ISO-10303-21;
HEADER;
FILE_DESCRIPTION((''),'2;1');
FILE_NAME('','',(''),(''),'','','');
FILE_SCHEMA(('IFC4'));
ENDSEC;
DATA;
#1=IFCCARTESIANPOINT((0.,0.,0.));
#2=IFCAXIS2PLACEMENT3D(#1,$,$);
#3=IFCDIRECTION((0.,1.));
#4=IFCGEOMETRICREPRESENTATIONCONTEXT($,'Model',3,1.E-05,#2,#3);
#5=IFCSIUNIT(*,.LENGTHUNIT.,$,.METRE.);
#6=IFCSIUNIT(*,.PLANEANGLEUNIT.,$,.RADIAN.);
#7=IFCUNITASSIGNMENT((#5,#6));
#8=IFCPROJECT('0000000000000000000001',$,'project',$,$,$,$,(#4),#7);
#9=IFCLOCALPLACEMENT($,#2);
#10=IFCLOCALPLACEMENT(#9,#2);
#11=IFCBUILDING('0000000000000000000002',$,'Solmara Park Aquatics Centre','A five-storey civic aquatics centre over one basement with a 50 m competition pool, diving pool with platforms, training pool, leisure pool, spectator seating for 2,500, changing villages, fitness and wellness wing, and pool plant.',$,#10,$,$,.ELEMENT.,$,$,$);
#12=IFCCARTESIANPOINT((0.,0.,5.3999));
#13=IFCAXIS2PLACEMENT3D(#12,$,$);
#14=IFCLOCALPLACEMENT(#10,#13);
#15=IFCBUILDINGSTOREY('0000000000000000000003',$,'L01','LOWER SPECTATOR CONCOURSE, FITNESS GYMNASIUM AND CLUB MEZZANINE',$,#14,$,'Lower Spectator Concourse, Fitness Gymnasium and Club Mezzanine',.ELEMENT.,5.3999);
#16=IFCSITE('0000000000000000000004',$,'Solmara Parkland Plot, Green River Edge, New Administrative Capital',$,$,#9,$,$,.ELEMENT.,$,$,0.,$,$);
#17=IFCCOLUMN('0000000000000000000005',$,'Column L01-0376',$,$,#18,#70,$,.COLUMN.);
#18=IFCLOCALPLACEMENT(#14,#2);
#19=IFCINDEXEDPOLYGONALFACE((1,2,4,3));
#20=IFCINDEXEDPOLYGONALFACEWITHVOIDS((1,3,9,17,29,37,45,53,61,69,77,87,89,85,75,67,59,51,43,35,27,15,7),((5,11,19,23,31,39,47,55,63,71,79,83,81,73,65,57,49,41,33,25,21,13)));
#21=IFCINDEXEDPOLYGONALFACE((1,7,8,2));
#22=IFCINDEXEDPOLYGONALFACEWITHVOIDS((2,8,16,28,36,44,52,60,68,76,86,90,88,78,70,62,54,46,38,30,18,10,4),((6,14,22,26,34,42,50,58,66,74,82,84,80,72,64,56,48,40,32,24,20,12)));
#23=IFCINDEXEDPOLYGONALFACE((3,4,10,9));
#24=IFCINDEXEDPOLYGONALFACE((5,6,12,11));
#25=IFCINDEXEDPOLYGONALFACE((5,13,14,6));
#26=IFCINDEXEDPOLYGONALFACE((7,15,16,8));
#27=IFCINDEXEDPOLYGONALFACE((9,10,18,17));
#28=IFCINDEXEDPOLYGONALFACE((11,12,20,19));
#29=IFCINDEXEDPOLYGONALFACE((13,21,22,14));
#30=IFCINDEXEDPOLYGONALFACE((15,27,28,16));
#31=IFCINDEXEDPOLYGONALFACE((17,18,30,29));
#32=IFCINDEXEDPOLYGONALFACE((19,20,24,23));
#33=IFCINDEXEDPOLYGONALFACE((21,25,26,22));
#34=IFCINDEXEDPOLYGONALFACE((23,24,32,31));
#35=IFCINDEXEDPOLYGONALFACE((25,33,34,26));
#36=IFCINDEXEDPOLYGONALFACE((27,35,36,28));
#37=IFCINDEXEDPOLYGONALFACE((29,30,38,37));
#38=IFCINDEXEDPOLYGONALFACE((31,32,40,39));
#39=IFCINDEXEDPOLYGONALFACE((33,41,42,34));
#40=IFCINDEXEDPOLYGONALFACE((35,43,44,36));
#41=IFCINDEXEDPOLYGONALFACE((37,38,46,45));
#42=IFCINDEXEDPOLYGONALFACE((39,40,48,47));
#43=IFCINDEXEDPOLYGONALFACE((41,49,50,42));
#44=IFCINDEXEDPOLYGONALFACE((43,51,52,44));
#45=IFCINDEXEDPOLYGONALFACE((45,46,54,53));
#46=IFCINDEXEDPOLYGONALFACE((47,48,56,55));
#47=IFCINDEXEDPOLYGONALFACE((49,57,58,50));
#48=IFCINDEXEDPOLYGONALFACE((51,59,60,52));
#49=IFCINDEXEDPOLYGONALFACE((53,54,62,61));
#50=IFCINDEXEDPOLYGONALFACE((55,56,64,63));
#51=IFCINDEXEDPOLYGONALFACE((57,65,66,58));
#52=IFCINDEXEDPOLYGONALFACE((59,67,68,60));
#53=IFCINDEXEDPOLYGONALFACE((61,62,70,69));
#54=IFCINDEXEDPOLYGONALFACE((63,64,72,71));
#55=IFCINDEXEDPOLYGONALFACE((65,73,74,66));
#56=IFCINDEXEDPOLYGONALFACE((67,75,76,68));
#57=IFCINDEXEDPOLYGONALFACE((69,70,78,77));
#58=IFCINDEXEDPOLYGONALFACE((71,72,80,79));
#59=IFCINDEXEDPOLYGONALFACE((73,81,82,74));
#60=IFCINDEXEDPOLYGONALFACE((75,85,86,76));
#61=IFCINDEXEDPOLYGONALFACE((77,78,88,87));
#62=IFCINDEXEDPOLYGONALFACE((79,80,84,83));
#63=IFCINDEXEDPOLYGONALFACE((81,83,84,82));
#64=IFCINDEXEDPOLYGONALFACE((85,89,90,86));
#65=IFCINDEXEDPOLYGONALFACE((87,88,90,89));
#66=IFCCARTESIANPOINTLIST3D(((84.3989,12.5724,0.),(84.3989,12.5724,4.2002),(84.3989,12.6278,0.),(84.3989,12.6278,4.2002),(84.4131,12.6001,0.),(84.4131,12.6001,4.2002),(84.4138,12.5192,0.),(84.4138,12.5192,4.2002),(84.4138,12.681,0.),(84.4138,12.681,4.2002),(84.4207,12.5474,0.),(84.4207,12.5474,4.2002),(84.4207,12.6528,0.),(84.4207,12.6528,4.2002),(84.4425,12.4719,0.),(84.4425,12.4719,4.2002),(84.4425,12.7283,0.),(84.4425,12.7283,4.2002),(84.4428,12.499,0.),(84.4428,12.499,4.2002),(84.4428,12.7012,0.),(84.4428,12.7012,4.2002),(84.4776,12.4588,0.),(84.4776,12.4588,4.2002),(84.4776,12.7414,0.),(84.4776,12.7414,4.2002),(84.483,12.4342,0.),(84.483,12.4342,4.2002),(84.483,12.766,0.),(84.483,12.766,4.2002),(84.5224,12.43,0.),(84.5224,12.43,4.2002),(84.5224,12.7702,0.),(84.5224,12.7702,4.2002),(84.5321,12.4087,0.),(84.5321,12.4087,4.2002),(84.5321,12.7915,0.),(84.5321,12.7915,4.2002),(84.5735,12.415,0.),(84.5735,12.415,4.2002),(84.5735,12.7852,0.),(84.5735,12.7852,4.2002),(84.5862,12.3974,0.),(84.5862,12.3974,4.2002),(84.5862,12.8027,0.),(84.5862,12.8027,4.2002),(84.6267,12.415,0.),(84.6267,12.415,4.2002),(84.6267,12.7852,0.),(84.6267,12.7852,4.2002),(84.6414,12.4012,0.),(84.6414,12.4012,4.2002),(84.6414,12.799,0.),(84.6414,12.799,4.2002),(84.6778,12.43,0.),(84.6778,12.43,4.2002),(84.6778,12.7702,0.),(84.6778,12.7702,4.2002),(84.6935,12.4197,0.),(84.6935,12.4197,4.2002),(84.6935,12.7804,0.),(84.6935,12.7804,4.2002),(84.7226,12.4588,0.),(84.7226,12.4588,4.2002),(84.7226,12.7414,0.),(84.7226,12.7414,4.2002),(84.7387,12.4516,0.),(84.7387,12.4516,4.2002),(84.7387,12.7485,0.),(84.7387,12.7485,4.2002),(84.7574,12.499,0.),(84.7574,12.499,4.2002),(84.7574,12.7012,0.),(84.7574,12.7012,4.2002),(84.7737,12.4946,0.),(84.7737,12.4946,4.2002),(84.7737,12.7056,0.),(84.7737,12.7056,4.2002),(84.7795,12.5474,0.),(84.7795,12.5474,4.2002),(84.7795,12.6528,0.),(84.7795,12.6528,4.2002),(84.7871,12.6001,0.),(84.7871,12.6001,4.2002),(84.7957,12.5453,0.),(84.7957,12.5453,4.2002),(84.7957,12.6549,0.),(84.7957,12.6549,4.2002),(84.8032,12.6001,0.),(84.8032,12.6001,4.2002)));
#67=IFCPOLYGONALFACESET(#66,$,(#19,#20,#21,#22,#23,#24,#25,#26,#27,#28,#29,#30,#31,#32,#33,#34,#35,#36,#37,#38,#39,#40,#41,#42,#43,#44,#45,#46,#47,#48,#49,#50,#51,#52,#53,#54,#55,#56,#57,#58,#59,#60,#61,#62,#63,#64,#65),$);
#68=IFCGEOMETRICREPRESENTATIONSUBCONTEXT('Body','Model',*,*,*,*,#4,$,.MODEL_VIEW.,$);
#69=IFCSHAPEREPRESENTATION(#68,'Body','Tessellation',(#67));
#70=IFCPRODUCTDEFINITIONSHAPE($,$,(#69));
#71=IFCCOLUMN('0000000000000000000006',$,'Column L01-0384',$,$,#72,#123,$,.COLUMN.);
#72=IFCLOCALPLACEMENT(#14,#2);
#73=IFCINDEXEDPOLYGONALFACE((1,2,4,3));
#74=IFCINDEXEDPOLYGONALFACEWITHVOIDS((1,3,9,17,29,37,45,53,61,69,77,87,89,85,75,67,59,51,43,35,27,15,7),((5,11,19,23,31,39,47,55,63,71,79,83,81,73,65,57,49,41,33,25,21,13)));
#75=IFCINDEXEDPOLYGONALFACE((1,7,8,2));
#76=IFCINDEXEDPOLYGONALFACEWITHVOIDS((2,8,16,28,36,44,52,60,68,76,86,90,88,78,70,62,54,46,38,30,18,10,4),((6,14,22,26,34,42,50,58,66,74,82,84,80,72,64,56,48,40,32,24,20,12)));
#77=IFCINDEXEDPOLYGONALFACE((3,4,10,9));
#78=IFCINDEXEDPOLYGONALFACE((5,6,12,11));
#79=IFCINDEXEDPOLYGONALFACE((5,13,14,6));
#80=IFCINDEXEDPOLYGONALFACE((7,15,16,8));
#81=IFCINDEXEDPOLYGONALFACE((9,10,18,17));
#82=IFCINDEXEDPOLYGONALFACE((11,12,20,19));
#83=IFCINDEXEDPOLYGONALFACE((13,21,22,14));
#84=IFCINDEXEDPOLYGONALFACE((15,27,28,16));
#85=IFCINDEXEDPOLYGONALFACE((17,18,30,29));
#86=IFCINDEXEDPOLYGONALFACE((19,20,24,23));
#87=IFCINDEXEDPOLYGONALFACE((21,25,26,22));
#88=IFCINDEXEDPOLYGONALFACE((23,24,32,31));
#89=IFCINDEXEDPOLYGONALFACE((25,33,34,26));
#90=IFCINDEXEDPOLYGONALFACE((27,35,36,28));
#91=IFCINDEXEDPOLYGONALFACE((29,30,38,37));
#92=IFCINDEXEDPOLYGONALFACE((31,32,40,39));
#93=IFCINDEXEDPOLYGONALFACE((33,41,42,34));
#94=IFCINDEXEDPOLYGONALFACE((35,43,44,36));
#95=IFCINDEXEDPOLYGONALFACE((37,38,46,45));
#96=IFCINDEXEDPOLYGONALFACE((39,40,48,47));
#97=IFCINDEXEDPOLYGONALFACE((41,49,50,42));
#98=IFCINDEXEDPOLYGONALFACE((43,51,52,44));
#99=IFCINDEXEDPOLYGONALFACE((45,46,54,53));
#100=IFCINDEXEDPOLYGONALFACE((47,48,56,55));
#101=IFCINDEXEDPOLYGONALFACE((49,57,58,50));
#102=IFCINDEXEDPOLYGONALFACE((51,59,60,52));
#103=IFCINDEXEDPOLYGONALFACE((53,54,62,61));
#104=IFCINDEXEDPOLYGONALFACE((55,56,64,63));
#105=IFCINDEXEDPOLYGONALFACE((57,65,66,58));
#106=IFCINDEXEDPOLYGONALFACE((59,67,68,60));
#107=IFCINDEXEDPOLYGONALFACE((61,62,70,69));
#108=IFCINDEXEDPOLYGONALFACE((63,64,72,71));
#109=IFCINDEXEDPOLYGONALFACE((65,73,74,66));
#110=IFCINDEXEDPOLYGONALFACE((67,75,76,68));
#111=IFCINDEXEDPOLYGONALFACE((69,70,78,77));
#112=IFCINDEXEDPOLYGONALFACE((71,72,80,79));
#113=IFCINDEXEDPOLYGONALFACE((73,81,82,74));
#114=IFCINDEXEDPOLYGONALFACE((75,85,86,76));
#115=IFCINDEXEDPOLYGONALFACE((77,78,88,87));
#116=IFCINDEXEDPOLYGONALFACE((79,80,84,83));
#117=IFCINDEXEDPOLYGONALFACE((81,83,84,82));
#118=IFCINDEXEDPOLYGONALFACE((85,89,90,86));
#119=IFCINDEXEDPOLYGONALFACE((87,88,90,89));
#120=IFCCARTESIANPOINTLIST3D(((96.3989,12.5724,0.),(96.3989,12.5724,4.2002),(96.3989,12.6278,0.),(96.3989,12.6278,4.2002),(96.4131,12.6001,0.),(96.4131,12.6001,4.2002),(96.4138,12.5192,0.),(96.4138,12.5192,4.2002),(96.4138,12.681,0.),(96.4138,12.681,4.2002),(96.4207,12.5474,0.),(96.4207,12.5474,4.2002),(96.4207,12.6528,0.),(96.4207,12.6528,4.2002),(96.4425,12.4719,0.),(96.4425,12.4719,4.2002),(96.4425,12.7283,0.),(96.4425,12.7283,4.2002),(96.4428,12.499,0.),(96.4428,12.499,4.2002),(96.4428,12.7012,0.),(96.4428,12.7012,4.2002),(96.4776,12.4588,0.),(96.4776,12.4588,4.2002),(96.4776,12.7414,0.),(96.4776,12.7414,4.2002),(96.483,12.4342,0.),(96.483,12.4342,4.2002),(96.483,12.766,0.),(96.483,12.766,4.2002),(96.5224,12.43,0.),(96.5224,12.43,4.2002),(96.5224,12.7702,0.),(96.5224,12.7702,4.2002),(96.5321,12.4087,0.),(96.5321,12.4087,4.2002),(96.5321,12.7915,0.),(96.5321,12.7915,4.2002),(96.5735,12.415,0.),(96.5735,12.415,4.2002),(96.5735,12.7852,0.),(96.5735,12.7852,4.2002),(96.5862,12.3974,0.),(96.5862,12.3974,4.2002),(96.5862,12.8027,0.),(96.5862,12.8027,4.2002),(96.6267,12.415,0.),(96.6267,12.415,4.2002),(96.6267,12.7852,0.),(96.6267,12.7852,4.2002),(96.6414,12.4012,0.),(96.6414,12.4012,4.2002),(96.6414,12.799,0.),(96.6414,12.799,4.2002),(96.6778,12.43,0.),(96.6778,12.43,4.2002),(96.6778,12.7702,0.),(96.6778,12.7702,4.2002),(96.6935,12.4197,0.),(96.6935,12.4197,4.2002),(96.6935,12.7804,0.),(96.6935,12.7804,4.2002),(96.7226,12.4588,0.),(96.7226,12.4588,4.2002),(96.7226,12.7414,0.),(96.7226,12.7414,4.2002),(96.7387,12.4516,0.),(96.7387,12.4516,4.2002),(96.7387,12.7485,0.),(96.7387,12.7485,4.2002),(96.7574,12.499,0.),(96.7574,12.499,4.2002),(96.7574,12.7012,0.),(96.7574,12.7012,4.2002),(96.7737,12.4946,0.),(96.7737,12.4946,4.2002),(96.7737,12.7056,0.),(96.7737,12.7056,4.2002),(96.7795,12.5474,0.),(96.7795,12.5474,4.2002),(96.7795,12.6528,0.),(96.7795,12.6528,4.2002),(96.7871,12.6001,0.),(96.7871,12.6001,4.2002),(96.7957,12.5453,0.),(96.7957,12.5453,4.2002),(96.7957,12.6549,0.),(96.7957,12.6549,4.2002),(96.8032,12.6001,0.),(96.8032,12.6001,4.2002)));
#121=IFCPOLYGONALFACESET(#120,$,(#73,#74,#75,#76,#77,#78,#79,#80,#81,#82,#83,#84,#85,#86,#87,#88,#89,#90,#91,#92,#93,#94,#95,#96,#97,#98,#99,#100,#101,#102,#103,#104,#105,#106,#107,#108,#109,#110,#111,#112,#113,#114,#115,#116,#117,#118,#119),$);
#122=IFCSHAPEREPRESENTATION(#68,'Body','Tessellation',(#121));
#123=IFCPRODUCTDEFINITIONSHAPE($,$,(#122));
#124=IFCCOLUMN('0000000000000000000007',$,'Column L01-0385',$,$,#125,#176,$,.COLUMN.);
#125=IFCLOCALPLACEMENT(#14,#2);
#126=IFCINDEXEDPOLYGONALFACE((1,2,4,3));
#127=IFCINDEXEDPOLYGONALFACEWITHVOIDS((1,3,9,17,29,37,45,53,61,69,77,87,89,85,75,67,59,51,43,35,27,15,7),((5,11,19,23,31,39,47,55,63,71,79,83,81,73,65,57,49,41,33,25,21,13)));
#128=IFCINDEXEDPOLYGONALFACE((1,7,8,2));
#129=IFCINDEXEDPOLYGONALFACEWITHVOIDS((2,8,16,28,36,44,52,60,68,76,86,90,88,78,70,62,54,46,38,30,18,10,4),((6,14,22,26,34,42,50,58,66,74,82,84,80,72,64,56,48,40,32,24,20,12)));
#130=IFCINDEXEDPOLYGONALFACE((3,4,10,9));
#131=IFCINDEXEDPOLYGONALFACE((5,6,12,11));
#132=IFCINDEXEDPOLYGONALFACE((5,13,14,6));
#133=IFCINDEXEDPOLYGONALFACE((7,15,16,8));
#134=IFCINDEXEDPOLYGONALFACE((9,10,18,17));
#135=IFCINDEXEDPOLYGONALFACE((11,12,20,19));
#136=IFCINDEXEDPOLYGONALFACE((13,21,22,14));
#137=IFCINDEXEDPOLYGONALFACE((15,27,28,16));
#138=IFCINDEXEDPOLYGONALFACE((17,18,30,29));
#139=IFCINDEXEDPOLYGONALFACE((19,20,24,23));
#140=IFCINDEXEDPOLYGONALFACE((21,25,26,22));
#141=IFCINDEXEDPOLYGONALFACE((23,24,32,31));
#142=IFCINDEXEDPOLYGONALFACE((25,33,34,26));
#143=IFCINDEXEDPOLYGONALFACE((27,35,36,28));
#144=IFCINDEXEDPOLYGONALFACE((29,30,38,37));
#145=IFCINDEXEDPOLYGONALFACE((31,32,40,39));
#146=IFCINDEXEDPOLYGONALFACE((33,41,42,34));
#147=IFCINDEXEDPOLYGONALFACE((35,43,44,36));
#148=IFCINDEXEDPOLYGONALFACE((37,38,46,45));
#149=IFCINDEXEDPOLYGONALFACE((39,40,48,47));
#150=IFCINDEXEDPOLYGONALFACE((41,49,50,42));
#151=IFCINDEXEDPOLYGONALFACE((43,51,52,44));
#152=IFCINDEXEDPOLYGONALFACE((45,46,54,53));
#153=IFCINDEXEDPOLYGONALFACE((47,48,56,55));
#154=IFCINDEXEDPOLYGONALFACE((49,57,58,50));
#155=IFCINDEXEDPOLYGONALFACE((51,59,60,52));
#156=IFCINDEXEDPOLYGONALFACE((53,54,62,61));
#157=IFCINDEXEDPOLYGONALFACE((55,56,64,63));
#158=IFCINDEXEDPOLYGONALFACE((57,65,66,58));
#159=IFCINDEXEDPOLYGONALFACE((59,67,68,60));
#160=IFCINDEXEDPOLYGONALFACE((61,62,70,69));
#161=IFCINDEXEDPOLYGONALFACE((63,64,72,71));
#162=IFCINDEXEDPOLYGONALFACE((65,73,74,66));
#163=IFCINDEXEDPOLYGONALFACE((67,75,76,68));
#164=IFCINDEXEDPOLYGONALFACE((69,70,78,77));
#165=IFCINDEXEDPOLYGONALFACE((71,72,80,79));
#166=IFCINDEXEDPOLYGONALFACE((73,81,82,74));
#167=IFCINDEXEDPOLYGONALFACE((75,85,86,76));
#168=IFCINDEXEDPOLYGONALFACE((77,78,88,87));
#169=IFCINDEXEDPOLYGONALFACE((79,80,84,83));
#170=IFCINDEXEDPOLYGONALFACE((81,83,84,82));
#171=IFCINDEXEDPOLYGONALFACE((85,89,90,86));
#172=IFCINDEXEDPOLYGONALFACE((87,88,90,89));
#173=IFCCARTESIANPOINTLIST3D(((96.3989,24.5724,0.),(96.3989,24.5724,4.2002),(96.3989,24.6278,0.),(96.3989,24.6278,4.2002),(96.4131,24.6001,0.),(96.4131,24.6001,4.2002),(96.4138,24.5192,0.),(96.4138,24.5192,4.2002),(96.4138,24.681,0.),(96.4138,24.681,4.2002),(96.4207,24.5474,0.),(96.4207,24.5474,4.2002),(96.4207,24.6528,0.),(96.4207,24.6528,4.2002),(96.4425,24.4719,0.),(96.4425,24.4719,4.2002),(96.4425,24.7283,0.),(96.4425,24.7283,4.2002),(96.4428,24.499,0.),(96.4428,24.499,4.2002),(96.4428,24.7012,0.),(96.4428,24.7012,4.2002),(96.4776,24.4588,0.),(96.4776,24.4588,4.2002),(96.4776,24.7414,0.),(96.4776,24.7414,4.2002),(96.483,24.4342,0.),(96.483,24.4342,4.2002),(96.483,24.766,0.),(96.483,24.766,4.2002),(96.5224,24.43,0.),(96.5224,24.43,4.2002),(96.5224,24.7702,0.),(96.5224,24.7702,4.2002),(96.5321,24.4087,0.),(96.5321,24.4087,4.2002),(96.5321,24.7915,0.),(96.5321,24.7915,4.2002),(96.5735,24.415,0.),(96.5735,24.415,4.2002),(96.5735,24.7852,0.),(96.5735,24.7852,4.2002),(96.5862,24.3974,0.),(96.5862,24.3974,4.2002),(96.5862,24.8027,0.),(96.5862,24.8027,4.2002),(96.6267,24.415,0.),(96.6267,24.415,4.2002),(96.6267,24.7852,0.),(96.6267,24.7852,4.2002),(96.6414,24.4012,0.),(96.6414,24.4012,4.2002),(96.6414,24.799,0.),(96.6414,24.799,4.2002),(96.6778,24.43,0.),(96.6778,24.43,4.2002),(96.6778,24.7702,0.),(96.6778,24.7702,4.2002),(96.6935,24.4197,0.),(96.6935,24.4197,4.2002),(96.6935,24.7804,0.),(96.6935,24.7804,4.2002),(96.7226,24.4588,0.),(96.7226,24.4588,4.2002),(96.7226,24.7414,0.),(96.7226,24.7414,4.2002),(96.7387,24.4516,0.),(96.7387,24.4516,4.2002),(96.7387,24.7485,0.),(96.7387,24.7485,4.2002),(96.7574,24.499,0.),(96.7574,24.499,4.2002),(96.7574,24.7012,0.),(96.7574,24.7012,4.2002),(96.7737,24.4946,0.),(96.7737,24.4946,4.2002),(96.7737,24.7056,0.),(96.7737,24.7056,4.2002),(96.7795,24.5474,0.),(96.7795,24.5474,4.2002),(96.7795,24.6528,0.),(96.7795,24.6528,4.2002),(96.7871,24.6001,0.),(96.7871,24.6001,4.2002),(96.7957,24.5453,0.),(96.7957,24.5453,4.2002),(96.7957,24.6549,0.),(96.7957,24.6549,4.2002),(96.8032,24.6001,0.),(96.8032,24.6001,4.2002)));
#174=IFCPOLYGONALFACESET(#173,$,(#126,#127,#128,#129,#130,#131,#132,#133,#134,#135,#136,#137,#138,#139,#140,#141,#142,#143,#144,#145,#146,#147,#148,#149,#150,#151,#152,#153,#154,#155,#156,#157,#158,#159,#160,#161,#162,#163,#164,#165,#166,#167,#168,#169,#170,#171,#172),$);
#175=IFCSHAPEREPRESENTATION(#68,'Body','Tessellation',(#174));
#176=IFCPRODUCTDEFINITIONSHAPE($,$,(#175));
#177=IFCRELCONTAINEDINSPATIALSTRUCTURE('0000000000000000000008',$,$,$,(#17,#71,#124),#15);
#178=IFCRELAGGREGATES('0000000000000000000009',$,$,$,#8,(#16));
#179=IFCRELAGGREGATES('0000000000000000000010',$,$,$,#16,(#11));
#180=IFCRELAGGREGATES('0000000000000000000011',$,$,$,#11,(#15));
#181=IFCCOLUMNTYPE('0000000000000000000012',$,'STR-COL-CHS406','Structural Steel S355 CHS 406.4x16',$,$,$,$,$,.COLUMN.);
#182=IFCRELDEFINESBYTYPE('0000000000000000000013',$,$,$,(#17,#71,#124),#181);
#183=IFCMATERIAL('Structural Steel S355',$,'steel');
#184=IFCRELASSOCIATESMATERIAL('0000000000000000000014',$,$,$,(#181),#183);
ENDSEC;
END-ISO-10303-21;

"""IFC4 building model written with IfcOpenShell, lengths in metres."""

from ifc_helpers import new_model, si_unit, direction, frame, origin, origin_2d, place, context, subcontext, project, spatial, hollow_circle, extrude, material, material_profile, profile_set, type_object, element, save


model = new_model("IFC4")

# Units and contexts
model_context = context("Model", 3, precision=1e-05, world=origin(), true_north=direction((0.0, 1.0)))
body_context = subcontext(model_context, "Body", "Model", "MODEL_VIEW")
ifc_project = project(units=[si_unit("LENGTHUNIT", "METRE"), si_unit("PLANEANGLEUNIT", "RADIAN")], contexts=[model_context])

# Site, building, storey
site_placement = place(None, origin())
site = spatial("IfcSite", under=ifc_project, at=site_placement, Name="Solmara Parkland Plot, Green River Edge, New Administrative Capital", CompositionType="ELEMENT", RefElevation=0.0)
building_placement = place(site_placement, origin())
building = spatial("IfcBuilding", under=site, at=building_placement, Name="Solmara Park Aquatics Centre", Description="A five-storey civic aquatics centre over one basement with a 50 m competition pool, diving pool with platforms, training pool, leisure pool, spectator seating for 2,500, changing villages, fitness and wellness wing, and pool plant.", CompositionType="ELEMENT")
storey_placement = place(building_placement, frame((0.0, 0.0, 5.3999)))
storey = spatial("IfcBuildingStorey", under=building, at=storey_placement, Name="L01", Description="LOWER SPECTATOR CONCOURSE, FITNESS GYMNASIUM AND CLUB MEZZANINE", LongName="Lower Spectator Concourse, Fitness Gymnasium and Club Mezzanine", CompositionType="ELEMENT", Elevation=5.3999)

# Columns
ifc_material_1 = material(Name="Structural Steel S355", Category="steel")
ifc_material_profile_1 = material_profile(ifc_material_1, hollow_circle(Radius=0.2031, WallThickness=0.0161, at=origin_2d()), Name="CHS 406.4x16")
ifc_profile_set_1 = profile_set([ifc_material_profile_1], Name="Structural Steel S355")
column_type_1 = type_object("IfcColumnType", Name="STR-COL-CHS406", Description="Structural Steel S355 CHS 406.4x16", PredefinedType="COLUMN", material=ifc_profile_set_1)
for number, where, z_axis, x_axis, name in (
    (1, (84.6001, 12.6001, 0.0), (0.0, 0.0, 1.0), (1.0, 0.0, 0.0), "Column L01-0376"),
    (2, (96.6001, 12.6001, 0.0), (0.0, 0.0, 1.0), (1.0, 0.0, 0.0), "Column L01-0384"),
    (3, (96.6001, 24.6001, 0.0), (0.0, 0.0, 1.0), (1.0, 0.0, 0.0), "Column L01-0385"),
):
    element("IfcColumn", number, at=place(storey_placement, frame(where, z_axis=z_axis, x_axis=x_axis)), inside=storey, type_object=column_type_1, Name=name, PredefinedType="COLUMN", context=body_context, shape_type="SweptSolid", body=[
        extrude(hollow_circle(Radius=0.2031, WallThickness=0.0161, at=origin_2d()), origin(), (0.0, 0.0, 1.0), 4.2002),
    ])

save(model, "model.ifc")
